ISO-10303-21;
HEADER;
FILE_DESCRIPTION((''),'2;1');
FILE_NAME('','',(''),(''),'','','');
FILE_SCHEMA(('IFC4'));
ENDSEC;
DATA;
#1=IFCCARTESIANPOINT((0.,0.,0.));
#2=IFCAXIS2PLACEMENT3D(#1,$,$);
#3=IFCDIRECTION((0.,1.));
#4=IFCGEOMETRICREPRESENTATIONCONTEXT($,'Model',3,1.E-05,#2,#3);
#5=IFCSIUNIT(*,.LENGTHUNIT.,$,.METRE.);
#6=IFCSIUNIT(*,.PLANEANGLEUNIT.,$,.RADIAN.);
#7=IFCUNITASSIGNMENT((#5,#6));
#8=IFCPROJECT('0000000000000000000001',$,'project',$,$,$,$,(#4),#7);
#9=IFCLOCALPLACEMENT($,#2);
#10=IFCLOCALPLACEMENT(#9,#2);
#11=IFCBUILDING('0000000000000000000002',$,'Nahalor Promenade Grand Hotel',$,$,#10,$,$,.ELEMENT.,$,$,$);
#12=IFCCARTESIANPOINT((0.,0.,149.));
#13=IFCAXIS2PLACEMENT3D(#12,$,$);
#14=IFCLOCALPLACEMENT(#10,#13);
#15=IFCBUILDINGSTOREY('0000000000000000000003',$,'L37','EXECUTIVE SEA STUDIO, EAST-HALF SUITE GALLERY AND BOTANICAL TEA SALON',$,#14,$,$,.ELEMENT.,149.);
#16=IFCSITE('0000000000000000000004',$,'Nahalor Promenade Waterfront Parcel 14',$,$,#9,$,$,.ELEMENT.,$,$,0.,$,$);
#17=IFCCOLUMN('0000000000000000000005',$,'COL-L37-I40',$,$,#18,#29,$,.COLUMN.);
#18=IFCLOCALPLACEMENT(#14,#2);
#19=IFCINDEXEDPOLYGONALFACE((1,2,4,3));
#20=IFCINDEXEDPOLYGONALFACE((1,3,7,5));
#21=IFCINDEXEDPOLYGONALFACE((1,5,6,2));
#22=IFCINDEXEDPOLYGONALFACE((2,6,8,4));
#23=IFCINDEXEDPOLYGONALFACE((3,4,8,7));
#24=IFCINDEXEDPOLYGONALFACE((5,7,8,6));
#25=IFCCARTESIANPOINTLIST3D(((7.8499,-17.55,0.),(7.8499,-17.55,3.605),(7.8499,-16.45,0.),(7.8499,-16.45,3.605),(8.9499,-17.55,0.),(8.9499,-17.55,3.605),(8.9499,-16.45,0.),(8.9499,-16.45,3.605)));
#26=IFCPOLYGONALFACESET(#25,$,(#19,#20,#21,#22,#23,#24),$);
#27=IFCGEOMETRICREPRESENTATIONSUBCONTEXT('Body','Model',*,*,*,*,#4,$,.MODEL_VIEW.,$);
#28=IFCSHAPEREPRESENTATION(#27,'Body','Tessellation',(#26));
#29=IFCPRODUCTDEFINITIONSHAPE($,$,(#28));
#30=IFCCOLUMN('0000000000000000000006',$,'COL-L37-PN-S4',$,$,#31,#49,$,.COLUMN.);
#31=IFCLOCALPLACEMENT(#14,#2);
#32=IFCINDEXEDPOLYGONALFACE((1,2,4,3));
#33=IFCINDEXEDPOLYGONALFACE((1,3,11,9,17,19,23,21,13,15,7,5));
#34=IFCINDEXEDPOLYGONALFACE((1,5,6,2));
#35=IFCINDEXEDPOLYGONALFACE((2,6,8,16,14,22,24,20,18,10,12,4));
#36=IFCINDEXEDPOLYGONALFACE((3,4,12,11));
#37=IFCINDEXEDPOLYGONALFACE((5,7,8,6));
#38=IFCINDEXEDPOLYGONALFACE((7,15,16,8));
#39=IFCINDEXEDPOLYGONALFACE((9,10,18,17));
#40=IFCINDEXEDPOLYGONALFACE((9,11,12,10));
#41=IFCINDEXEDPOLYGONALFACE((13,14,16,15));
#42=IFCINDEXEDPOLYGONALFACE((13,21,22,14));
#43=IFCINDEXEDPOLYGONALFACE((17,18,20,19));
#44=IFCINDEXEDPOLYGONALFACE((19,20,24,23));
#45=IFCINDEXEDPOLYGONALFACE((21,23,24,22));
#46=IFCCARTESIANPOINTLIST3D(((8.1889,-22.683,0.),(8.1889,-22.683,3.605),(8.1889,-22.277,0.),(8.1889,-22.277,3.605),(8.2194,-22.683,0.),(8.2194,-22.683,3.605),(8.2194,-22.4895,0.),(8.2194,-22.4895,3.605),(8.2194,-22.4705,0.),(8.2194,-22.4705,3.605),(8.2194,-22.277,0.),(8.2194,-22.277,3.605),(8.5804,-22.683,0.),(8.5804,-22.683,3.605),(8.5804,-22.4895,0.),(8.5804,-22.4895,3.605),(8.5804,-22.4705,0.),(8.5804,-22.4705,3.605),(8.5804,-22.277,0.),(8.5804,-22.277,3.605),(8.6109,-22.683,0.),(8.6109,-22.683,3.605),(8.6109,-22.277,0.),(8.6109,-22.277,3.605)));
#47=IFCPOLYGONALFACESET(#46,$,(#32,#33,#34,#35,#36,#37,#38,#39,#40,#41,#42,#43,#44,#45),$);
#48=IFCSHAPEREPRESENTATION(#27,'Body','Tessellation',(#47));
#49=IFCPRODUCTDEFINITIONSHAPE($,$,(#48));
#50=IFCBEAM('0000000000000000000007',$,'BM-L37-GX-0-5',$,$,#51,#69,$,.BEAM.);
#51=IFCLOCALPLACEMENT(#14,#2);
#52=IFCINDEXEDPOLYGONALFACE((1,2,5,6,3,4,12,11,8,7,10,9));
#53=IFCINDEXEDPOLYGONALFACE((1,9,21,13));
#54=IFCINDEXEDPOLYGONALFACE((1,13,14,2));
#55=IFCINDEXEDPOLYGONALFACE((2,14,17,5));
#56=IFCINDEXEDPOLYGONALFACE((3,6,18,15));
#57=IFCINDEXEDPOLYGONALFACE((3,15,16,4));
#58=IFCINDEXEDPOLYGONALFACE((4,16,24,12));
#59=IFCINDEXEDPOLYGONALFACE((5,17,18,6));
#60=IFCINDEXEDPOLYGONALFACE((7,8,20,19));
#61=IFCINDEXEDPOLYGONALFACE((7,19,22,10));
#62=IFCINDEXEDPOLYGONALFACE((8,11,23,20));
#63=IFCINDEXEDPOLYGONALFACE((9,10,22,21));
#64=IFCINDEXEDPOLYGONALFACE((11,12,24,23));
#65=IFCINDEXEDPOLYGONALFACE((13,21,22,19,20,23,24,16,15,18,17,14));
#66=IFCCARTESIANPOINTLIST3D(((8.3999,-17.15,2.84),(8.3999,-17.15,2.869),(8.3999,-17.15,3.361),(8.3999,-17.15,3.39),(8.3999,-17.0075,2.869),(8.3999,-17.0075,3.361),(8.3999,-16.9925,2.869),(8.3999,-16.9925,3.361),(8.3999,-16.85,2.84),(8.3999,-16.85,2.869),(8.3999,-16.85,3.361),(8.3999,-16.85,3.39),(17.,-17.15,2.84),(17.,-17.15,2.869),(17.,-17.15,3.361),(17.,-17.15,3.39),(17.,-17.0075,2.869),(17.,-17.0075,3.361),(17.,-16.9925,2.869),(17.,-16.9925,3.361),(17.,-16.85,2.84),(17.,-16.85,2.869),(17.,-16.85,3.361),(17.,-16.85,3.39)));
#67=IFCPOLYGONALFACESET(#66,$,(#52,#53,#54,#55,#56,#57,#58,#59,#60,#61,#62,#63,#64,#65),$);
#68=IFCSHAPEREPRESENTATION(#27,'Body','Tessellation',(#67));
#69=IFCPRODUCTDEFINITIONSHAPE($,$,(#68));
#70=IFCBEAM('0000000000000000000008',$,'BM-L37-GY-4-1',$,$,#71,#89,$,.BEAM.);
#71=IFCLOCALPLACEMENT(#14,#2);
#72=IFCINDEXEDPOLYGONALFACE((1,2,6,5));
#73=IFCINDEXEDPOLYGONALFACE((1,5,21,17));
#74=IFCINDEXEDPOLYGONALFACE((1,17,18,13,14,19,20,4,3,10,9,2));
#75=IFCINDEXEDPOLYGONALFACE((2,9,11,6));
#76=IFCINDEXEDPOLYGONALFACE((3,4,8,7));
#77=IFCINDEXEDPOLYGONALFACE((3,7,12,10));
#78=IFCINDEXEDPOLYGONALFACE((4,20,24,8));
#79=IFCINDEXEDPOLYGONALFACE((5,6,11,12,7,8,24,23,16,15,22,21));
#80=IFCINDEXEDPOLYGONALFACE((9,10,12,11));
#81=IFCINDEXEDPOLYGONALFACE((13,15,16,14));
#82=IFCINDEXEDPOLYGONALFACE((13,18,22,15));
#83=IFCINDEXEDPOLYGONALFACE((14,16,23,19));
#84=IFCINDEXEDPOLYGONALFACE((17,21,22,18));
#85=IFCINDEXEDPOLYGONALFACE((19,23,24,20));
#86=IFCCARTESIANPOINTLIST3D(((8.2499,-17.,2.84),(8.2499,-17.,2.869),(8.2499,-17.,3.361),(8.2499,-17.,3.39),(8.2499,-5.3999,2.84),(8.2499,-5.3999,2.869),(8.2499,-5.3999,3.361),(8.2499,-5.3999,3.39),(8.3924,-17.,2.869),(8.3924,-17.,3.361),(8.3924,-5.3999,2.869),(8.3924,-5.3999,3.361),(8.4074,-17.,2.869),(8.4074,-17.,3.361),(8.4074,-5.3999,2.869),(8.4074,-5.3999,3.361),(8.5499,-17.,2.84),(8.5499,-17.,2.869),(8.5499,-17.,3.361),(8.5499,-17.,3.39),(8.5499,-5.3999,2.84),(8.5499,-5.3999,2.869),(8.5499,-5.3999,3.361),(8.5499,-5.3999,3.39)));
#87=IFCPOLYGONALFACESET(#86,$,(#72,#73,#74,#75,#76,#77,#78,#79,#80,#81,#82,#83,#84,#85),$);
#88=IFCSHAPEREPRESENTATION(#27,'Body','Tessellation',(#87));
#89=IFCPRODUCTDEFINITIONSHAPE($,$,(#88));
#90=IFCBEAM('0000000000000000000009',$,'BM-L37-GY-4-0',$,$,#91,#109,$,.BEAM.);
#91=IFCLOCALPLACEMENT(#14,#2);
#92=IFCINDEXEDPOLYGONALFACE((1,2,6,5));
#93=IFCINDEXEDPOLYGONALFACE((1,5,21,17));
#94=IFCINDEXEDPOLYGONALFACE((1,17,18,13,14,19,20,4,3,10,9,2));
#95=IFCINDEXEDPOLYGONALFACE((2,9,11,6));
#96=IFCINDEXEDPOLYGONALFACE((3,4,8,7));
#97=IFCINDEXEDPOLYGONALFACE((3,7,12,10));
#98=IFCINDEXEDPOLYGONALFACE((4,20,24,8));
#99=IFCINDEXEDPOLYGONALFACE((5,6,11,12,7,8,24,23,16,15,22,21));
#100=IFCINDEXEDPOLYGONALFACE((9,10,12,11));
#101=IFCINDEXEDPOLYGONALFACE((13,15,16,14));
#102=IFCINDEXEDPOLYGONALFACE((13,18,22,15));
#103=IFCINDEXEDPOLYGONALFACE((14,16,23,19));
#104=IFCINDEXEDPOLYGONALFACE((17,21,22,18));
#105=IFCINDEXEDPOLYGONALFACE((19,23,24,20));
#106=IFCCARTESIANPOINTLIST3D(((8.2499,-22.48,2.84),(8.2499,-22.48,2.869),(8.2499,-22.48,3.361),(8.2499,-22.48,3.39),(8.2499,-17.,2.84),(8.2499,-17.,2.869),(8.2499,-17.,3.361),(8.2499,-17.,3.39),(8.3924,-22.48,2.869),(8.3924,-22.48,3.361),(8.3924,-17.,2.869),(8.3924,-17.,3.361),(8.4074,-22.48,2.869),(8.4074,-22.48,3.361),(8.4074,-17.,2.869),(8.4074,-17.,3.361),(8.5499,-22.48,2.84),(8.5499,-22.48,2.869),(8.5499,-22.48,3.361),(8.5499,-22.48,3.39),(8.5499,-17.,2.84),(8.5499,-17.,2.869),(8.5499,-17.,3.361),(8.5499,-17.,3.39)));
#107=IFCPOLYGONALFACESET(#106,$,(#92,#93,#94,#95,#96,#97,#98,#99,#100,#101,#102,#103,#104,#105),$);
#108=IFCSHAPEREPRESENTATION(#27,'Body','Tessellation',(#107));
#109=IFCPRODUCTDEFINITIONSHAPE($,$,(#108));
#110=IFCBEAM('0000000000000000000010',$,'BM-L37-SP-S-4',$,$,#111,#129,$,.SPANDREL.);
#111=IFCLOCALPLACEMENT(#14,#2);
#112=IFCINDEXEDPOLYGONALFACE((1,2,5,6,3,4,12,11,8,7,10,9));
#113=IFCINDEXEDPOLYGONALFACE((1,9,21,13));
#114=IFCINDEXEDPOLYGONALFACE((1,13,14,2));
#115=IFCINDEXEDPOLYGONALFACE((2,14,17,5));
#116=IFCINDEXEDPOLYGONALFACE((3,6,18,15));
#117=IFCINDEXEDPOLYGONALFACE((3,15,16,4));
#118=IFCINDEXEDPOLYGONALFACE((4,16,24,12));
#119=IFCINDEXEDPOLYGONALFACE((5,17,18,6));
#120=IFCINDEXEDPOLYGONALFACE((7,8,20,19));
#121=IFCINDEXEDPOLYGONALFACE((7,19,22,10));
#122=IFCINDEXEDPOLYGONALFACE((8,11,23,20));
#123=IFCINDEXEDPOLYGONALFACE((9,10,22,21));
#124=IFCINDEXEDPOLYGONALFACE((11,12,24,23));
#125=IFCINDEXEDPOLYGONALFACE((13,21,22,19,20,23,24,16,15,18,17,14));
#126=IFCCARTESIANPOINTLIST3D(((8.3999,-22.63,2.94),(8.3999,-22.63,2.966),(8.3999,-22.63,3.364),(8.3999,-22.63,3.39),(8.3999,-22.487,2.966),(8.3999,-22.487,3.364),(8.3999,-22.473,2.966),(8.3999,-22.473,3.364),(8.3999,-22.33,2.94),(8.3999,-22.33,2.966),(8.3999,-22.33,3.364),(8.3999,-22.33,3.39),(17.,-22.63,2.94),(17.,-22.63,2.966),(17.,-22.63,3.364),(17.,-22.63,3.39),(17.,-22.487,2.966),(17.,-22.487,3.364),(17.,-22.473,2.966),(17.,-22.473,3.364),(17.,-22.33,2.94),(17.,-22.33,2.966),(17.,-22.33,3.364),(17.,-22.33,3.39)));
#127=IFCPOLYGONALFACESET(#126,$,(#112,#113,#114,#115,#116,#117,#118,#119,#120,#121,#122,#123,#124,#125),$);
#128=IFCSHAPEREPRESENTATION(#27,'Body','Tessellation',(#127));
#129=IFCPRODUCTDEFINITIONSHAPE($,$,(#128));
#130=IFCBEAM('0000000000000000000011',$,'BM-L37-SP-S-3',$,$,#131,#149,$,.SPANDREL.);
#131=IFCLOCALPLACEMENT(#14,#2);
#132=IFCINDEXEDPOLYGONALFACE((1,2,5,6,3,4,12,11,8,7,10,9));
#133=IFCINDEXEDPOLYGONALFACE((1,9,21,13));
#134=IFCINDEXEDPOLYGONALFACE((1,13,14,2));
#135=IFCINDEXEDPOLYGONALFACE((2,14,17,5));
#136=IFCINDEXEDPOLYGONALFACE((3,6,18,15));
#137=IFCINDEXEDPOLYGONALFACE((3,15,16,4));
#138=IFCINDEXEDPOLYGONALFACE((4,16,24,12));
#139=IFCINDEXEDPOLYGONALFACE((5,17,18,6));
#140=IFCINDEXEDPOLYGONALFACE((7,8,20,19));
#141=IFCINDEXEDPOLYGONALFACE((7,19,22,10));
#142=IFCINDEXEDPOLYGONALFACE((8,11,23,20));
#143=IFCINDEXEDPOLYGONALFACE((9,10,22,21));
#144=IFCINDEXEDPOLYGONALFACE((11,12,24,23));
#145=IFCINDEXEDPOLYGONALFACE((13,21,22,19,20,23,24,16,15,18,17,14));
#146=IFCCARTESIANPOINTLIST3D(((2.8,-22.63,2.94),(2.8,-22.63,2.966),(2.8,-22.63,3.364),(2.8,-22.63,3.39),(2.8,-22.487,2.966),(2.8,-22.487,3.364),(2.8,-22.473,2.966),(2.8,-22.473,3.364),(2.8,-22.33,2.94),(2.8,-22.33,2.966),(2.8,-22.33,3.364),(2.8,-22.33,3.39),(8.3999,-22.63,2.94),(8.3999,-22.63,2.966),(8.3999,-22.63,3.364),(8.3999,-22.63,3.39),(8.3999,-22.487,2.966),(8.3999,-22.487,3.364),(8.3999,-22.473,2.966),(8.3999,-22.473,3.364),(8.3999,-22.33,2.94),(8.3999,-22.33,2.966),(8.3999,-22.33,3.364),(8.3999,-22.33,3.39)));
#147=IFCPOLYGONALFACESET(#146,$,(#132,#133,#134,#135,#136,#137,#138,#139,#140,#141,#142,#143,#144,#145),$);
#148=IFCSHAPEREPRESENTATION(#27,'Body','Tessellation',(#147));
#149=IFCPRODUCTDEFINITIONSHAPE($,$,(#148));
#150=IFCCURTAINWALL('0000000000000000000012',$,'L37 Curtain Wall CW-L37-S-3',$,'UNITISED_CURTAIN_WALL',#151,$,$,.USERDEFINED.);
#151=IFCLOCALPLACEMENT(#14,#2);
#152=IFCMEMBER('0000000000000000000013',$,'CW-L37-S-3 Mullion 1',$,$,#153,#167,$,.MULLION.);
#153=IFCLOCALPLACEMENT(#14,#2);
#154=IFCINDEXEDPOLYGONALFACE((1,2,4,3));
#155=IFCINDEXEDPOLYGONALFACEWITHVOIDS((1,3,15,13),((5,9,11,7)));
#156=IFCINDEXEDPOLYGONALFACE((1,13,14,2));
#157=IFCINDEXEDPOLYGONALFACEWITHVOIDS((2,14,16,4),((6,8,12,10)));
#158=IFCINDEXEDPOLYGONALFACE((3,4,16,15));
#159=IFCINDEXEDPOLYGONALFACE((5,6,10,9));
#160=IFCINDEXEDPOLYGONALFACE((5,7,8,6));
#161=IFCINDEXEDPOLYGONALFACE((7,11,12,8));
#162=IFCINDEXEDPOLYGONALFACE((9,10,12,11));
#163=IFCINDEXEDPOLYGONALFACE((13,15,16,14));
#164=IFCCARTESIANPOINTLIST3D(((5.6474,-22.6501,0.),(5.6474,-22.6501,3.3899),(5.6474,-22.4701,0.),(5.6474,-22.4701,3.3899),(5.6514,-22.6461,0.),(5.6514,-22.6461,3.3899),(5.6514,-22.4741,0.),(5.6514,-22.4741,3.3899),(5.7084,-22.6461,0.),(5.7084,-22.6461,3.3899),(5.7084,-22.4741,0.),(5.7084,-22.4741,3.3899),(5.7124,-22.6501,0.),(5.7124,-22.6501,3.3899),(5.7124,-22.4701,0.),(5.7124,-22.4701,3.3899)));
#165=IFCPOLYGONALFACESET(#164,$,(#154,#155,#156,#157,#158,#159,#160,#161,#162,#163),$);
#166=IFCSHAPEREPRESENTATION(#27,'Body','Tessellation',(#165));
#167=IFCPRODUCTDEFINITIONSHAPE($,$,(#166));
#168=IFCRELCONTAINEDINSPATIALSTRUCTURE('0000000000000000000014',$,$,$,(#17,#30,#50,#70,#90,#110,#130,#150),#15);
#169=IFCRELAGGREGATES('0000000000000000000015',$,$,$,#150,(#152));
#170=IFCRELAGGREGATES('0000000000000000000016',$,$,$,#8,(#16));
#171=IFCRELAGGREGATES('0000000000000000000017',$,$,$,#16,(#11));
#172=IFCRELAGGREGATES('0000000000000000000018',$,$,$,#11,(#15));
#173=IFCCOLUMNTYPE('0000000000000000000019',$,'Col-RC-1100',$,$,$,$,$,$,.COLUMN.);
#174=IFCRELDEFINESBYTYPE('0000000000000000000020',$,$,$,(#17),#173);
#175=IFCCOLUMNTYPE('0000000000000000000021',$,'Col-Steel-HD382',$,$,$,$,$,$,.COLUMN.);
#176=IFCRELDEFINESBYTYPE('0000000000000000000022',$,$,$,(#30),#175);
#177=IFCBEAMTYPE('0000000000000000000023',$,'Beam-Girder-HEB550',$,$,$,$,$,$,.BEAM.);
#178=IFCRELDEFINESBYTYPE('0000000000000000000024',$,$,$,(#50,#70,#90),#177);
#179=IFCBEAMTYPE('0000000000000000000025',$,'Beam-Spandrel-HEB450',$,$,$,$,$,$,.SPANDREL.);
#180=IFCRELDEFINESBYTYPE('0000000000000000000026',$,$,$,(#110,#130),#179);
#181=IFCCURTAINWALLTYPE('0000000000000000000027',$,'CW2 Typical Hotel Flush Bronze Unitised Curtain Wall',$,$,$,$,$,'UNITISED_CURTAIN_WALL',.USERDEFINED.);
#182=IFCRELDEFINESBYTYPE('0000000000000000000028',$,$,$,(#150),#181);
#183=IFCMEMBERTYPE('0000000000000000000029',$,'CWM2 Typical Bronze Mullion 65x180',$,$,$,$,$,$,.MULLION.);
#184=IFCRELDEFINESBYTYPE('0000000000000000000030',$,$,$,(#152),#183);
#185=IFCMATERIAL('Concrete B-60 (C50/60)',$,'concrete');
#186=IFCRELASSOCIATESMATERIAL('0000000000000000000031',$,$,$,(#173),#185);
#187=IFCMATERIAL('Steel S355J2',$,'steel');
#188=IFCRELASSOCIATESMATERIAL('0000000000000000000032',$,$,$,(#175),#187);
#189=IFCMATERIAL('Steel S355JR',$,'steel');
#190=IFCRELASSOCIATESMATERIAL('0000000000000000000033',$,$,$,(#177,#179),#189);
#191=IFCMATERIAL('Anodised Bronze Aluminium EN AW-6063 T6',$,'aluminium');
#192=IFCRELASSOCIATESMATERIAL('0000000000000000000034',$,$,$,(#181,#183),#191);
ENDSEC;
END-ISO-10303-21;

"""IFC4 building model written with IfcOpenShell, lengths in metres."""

from ifc_helpers import new_model, si_unit, direction, frame, origin, origin_2d, place, context, subcontext, project, spatial, rectangle, hollow_rectangle, i_section, extrude, source, transform, mapped, material, material_profile, profile_set, type_object, element, aggregate, save


model = new_model("IFC4")

# Units and contexts
model_context = context("Model", 3, precision=1e-05, world=origin(), true_north=direction((0.0, 1.0)))
body_context = subcontext(model_context, "Body", "Model", "MODEL_VIEW")
ifc_project = project(units=[si_unit("LENGTHUNIT", "METRE"), si_unit("PLANEANGLEUNIT", "RADIAN")], contexts=[model_context])

# Site, building, storey
site_placement = place(None, origin())
site = spatial("IfcSite", under=ifc_project, at=site_placement, Name="Nahalor Promenade Waterfront Parcel 14", CompositionType="ELEMENT", RefElevation=0.0)
building_placement = place(site_placement, origin())
building = spatial("IfcBuilding", under=site, at=building_placement, Name="Nahalor Promenade Grand Hotel", CompositionType="ELEMENT")
storey_placement = place(building_placement, frame((0.0, 0.0, 149.0)))
storey = spatial("IfcBuildingStorey", under=building, at=storey_placement, Name="L37", Description="EXECUTIVE SEA STUDIO, EAST-HALF SUITE GALLERY AND BOTANICAL TEA SALON", CompositionType="ELEMENT", Elevation=149.0)

# Columns
ifc_material_1 = material(Name="Concrete B-60 (C50/60)", Category="concrete")
ifc_material_profile_1 = material_profile(ifc_material_1, rectangle(XDim=1.1, YDim=1.1, at=origin_2d()), Name="RC 1100x1100")
ifc_profile_set_1 = profile_set([ifc_material_profile_1], Name="Concrete B-60 (C50/60)")
column_type_1 = type_object("IfcColumnType", Name="Col-RC-1100", PredefinedType="COLUMN", material=ifc_profile_set_1)
shared_shape_1 = source(origin(), body_context, "Body", "SweptSolid", [
    extrude(rectangle(XDim=1.1, YDim=1.1, at=origin_2d()), origin(), (0.0, 0.0, 1.0), 3.605),
])
column_1_placement = place(storey_placement, frame((8.3999, -17.0, 0.0), z_axis=(0.0, 0.0, 1.0), x_axis=(1.0, 0.0, 0.0)))
element("IfcColumn", 1, at=column_1_placement, inside=storey, type_object=column_type_1, Name="COL-L37-I40", PredefinedType="COLUMN", context=body_context, shape_type="MappedRepresentation", body=[
    mapped(shared_shape_1, transform((0.0, 0.0, 0.0), scale=1.0)),
])
ifc_material_2 = material(Name="Steel S355J2", Category="steel")
ifc_material_profile_2 = material_profile(ifc_material_2, i_section(OverallWidth=0.406, OverallDepth=0.422, WebThickness=0.019, FlangeThickness=0.0305, at=origin_2d()), Name="HD 400x382")
ifc_profile_set_2 = profile_set([ifc_material_profile_2], Name="Steel S355J2")
column_type_2 = type_object("IfcColumnType", Name="Col-Steel-HD382", PredefinedType="COLUMN", material=ifc_profile_set_2)
shared_shape_2 = source(origin(), body_context, "Body", "SweptSolid", [
    extrude(i_section(OverallWidth=0.406, OverallDepth=0.422, WebThickness=0.019, FlangeThickness=0.0305, at=origin_2d()), origin(), (0.0, 0.0, 1.0), 3.605),
])
column_2_placement = place(storey_placement, frame((8.3999, -22.48, 0.0), z_axis=(0.0, 0.0, 1.0), x_axis=(0.0, 1.0, 0.0)))
element("IfcColumn", 2, at=column_2_placement, inside=storey, type_object=column_type_2, Name="COL-L37-PN-S4", PredefinedType="COLUMN", context=body_context, shape_type="MappedRepresentation", body=[
    mapped(shared_shape_2, transform((0.0, 0.0, 0.0), scale=1.0)),
])

# Beams
ifc_material_3 = material(Name="Steel S355JR", Category="steel")
ifc_material_profile_3 = material_profile(ifc_material_3, i_section(OverallWidth=0.3, OverallDepth=0.55, WebThickness=0.015, FlangeThickness=0.029, at=origin_2d()), Name="HEB 550")
ifc_profile_set_3 = profile_set([ifc_material_profile_3], Name="Steel S355JR")
beam_type_1 = type_object("IfcBeamType", Name="Beam-Girder-HEB550", PredefinedType="BEAM", material=ifc_profile_set_3)
shared_shape_3 = source(origin(), body_context, "Body", "SweptSolid", [
    extrude(i_section(OverallWidth=0.3, OverallDepth=0.55, WebThickness=0.015, FlangeThickness=0.029, at=origin_2d()), origin(), (0.0, 0.0, 1.0), 8.6001),
])
beam_1_placement = place(storey_placement, frame((8.3999, -17.0, 3.115), z_axis=(1.0, 0.0, 0.0), x_axis=(0.0, 1.0, 0.0)))
element("IfcBeam", 3, at=beam_1_placement, inside=storey, type_object=beam_type_1, Name="BM-L37-GX-0-5", PredefinedType="BEAM", context=body_context, shape_type="MappedRepresentation", body=[
    mapped(shared_shape_3, transform((0.0, 0.0, 0.0), scale=1.0)),
])
shared_shape_4 = source(origin(), body_context, "Body", "SweptSolid", [
    extrude(i_section(OverallWidth=0.3, OverallDepth=0.55, WebThickness=0.015, FlangeThickness=0.029, at=origin_2d()), origin(), (0.0, 0.0, 1.0), 11.6001),
])
beam_2_placement = place(storey_placement, frame((8.3999, -17.0, 3.115), z_axis=(0.0, 1.0, 0.0), x_axis=(-1.0, 0.0, 0.0)))
element("IfcBeam", 4, at=beam_2_placement, inside=storey, type_object=beam_type_1, Name="BM-L37-GY-4-1", PredefinedType="BEAM", context=body_context, shape_type="MappedRepresentation", body=[
    mapped(shared_shape_4, transform((0.0, 0.0, 0.0), scale=1.0)),
])
shared_shape_5 = source(origin(), body_context, "Body", "SweptSolid", [
    extrude(i_section(OverallWidth=0.3, OverallDepth=0.55, WebThickness=0.015, FlangeThickness=0.029, at=origin_2d()), origin(), (0.0, 0.0, 1.0), 5.48),
])
beam_3_placement = place(storey_placement, frame((8.3999, -22.48, 3.115), z_axis=(0.0, 1.0, 0.0), x_axis=(-1.0, 0.0, 0.0)))
element("IfcBeam", 5, at=beam_3_placement, inside=storey, type_object=beam_type_1, Name="BM-L37-GY-4-0", PredefinedType="BEAM", context=body_context, shape_type="MappedRepresentation", body=[
    mapped(shared_shape_5, transform((0.0, 0.0, 0.0), scale=1.0)),
])
ifc_material_profile_4 = material_profile(ifc_material_3, i_section(OverallWidth=0.3, OverallDepth=0.45, WebThickness=0.014, FlangeThickness=0.026, at=origin_2d()), Name="HEB 450")
ifc_profile_set_4 = profile_set([ifc_material_profile_4], Name="Steel S355JR")
beam_type_2 = type_object("IfcBeamType", Name="Beam-Spandrel-HEB450", PredefinedType="SPANDREL", material=ifc_profile_set_4)
shared_shape_6 = source(origin(), body_context, "Body", "SweptSolid", [
    extrude(i_section(OverallWidth=0.3, OverallDepth=0.45, WebThickness=0.014, FlangeThickness=0.026, at=origin_2d()), origin(), (0.0, 0.0, 1.0), 8.6001),
])
beam_4_placement = place(storey_placement, frame((8.3999, -22.48, 3.165), z_axis=(1.0, 0.0, 0.0), x_axis=(0.0, 1.0, 0.0)))
element("IfcBeam", 6, at=beam_4_placement, inside=storey, type_object=beam_type_2, Name="BM-L37-SP-S-4", PredefinedType="SPANDREL", context=body_context, shape_type="MappedRepresentation", body=[
    mapped(shared_shape_6, transform((0.0, 0.0, 0.0), scale=1.0)),
])
shared_shape_7 = source(origin(), body_context, "Body", "SweptSolid", [
    extrude(i_section(OverallWidth=0.3, OverallDepth=0.45, WebThickness=0.014, FlangeThickness=0.026, at=origin_2d()), origin(), (0.0, 0.0, 1.0), 5.5999),
])
beam_5_placement = place(storey_placement, frame((2.8, -22.48, 3.165), z_axis=(1.0, 0.0, 0.0), x_axis=(0.0, 1.0, 0.0)))
element("IfcBeam", 7, at=beam_5_placement, inside=storey, type_object=beam_type_2, Name="BM-L37-SP-S-3", PredefinedType="SPANDREL", context=body_context, shape_type="MappedRepresentation", body=[
    mapped(shared_shape_7, transform((0.0, 0.0, 0.0), scale=1.0)),
])

# Curtain wall, member
ifc_material_4 = material(Name="Anodised Bronze Aluminium EN AW-6063 T6", Category="aluminium")
curtain_wall_type = type_object("IfcCurtainWallType", Name="CW2 Typical Hotel Flush Bronze Unitised Curtain Wall", ElementType="UNITISED_CURTAIN_WALL", PredefinedType="USERDEFINED", material=ifc_material_4)
curtain_wall_placement = place(storey_placement, origin())
curtain_wall = element("IfcCurtainWall", 8, at=curtain_wall_placement, inside=storey, type_object=curtain_wall_type, Name="L37 Curtain Wall CW-L37-S-3", ObjectType="UNITISED_CURTAIN_WALL", PredefinedType="USERDEFINED")
ifc_material_profile_5 = material_profile(ifc_material_4, hollow_rectangle(XDim=0.065, YDim=0.18, WallThickness=0.004, at=origin_2d()), Name="CWM 65x180x4")
ifc_profile_set_5 = profile_set([ifc_material_profile_5], Name="Anodised Bronze Aluminium EN AW-6063 T6")
member_type_1 = type_object("IfcMemberType", Name="CWM2 Typical Bronze Mullion 65x180", PredefinedType="MULLION", material=ifc_profile_set_5)
shared_shape_8 = source(origin(), body_context, "Body", "SweptSolid", [
    extrude(hollow_rectangle(XDim=0.065, YDim=0.18, WallThickness=0.004, at=origin_2d()), origin(), (0.0, 0.0, 1.0), 3.3899),
])
member_1_placement = place(storey_placement, frame((5.6799, -22.5601, 0.0), z_axis=(0.0, 0.0, 1.0), x_axis=(1.0, 0.0, 0.0)))
member_1 = element("IfcMember", 9, at=member_1_placement, type_object=member_type_1, Name="CW-L37-S-3 Mullion 1", PredefinedType="MULLION", context=body_context, shape_type="MappedRepresentation", body=[
    mapped(shared_shape_8, transform((0.0, 0.0, 0.0), scale=1.0)),
])
aggregate(curtain_wall, [member_1])

save(model, "model.ifc")
